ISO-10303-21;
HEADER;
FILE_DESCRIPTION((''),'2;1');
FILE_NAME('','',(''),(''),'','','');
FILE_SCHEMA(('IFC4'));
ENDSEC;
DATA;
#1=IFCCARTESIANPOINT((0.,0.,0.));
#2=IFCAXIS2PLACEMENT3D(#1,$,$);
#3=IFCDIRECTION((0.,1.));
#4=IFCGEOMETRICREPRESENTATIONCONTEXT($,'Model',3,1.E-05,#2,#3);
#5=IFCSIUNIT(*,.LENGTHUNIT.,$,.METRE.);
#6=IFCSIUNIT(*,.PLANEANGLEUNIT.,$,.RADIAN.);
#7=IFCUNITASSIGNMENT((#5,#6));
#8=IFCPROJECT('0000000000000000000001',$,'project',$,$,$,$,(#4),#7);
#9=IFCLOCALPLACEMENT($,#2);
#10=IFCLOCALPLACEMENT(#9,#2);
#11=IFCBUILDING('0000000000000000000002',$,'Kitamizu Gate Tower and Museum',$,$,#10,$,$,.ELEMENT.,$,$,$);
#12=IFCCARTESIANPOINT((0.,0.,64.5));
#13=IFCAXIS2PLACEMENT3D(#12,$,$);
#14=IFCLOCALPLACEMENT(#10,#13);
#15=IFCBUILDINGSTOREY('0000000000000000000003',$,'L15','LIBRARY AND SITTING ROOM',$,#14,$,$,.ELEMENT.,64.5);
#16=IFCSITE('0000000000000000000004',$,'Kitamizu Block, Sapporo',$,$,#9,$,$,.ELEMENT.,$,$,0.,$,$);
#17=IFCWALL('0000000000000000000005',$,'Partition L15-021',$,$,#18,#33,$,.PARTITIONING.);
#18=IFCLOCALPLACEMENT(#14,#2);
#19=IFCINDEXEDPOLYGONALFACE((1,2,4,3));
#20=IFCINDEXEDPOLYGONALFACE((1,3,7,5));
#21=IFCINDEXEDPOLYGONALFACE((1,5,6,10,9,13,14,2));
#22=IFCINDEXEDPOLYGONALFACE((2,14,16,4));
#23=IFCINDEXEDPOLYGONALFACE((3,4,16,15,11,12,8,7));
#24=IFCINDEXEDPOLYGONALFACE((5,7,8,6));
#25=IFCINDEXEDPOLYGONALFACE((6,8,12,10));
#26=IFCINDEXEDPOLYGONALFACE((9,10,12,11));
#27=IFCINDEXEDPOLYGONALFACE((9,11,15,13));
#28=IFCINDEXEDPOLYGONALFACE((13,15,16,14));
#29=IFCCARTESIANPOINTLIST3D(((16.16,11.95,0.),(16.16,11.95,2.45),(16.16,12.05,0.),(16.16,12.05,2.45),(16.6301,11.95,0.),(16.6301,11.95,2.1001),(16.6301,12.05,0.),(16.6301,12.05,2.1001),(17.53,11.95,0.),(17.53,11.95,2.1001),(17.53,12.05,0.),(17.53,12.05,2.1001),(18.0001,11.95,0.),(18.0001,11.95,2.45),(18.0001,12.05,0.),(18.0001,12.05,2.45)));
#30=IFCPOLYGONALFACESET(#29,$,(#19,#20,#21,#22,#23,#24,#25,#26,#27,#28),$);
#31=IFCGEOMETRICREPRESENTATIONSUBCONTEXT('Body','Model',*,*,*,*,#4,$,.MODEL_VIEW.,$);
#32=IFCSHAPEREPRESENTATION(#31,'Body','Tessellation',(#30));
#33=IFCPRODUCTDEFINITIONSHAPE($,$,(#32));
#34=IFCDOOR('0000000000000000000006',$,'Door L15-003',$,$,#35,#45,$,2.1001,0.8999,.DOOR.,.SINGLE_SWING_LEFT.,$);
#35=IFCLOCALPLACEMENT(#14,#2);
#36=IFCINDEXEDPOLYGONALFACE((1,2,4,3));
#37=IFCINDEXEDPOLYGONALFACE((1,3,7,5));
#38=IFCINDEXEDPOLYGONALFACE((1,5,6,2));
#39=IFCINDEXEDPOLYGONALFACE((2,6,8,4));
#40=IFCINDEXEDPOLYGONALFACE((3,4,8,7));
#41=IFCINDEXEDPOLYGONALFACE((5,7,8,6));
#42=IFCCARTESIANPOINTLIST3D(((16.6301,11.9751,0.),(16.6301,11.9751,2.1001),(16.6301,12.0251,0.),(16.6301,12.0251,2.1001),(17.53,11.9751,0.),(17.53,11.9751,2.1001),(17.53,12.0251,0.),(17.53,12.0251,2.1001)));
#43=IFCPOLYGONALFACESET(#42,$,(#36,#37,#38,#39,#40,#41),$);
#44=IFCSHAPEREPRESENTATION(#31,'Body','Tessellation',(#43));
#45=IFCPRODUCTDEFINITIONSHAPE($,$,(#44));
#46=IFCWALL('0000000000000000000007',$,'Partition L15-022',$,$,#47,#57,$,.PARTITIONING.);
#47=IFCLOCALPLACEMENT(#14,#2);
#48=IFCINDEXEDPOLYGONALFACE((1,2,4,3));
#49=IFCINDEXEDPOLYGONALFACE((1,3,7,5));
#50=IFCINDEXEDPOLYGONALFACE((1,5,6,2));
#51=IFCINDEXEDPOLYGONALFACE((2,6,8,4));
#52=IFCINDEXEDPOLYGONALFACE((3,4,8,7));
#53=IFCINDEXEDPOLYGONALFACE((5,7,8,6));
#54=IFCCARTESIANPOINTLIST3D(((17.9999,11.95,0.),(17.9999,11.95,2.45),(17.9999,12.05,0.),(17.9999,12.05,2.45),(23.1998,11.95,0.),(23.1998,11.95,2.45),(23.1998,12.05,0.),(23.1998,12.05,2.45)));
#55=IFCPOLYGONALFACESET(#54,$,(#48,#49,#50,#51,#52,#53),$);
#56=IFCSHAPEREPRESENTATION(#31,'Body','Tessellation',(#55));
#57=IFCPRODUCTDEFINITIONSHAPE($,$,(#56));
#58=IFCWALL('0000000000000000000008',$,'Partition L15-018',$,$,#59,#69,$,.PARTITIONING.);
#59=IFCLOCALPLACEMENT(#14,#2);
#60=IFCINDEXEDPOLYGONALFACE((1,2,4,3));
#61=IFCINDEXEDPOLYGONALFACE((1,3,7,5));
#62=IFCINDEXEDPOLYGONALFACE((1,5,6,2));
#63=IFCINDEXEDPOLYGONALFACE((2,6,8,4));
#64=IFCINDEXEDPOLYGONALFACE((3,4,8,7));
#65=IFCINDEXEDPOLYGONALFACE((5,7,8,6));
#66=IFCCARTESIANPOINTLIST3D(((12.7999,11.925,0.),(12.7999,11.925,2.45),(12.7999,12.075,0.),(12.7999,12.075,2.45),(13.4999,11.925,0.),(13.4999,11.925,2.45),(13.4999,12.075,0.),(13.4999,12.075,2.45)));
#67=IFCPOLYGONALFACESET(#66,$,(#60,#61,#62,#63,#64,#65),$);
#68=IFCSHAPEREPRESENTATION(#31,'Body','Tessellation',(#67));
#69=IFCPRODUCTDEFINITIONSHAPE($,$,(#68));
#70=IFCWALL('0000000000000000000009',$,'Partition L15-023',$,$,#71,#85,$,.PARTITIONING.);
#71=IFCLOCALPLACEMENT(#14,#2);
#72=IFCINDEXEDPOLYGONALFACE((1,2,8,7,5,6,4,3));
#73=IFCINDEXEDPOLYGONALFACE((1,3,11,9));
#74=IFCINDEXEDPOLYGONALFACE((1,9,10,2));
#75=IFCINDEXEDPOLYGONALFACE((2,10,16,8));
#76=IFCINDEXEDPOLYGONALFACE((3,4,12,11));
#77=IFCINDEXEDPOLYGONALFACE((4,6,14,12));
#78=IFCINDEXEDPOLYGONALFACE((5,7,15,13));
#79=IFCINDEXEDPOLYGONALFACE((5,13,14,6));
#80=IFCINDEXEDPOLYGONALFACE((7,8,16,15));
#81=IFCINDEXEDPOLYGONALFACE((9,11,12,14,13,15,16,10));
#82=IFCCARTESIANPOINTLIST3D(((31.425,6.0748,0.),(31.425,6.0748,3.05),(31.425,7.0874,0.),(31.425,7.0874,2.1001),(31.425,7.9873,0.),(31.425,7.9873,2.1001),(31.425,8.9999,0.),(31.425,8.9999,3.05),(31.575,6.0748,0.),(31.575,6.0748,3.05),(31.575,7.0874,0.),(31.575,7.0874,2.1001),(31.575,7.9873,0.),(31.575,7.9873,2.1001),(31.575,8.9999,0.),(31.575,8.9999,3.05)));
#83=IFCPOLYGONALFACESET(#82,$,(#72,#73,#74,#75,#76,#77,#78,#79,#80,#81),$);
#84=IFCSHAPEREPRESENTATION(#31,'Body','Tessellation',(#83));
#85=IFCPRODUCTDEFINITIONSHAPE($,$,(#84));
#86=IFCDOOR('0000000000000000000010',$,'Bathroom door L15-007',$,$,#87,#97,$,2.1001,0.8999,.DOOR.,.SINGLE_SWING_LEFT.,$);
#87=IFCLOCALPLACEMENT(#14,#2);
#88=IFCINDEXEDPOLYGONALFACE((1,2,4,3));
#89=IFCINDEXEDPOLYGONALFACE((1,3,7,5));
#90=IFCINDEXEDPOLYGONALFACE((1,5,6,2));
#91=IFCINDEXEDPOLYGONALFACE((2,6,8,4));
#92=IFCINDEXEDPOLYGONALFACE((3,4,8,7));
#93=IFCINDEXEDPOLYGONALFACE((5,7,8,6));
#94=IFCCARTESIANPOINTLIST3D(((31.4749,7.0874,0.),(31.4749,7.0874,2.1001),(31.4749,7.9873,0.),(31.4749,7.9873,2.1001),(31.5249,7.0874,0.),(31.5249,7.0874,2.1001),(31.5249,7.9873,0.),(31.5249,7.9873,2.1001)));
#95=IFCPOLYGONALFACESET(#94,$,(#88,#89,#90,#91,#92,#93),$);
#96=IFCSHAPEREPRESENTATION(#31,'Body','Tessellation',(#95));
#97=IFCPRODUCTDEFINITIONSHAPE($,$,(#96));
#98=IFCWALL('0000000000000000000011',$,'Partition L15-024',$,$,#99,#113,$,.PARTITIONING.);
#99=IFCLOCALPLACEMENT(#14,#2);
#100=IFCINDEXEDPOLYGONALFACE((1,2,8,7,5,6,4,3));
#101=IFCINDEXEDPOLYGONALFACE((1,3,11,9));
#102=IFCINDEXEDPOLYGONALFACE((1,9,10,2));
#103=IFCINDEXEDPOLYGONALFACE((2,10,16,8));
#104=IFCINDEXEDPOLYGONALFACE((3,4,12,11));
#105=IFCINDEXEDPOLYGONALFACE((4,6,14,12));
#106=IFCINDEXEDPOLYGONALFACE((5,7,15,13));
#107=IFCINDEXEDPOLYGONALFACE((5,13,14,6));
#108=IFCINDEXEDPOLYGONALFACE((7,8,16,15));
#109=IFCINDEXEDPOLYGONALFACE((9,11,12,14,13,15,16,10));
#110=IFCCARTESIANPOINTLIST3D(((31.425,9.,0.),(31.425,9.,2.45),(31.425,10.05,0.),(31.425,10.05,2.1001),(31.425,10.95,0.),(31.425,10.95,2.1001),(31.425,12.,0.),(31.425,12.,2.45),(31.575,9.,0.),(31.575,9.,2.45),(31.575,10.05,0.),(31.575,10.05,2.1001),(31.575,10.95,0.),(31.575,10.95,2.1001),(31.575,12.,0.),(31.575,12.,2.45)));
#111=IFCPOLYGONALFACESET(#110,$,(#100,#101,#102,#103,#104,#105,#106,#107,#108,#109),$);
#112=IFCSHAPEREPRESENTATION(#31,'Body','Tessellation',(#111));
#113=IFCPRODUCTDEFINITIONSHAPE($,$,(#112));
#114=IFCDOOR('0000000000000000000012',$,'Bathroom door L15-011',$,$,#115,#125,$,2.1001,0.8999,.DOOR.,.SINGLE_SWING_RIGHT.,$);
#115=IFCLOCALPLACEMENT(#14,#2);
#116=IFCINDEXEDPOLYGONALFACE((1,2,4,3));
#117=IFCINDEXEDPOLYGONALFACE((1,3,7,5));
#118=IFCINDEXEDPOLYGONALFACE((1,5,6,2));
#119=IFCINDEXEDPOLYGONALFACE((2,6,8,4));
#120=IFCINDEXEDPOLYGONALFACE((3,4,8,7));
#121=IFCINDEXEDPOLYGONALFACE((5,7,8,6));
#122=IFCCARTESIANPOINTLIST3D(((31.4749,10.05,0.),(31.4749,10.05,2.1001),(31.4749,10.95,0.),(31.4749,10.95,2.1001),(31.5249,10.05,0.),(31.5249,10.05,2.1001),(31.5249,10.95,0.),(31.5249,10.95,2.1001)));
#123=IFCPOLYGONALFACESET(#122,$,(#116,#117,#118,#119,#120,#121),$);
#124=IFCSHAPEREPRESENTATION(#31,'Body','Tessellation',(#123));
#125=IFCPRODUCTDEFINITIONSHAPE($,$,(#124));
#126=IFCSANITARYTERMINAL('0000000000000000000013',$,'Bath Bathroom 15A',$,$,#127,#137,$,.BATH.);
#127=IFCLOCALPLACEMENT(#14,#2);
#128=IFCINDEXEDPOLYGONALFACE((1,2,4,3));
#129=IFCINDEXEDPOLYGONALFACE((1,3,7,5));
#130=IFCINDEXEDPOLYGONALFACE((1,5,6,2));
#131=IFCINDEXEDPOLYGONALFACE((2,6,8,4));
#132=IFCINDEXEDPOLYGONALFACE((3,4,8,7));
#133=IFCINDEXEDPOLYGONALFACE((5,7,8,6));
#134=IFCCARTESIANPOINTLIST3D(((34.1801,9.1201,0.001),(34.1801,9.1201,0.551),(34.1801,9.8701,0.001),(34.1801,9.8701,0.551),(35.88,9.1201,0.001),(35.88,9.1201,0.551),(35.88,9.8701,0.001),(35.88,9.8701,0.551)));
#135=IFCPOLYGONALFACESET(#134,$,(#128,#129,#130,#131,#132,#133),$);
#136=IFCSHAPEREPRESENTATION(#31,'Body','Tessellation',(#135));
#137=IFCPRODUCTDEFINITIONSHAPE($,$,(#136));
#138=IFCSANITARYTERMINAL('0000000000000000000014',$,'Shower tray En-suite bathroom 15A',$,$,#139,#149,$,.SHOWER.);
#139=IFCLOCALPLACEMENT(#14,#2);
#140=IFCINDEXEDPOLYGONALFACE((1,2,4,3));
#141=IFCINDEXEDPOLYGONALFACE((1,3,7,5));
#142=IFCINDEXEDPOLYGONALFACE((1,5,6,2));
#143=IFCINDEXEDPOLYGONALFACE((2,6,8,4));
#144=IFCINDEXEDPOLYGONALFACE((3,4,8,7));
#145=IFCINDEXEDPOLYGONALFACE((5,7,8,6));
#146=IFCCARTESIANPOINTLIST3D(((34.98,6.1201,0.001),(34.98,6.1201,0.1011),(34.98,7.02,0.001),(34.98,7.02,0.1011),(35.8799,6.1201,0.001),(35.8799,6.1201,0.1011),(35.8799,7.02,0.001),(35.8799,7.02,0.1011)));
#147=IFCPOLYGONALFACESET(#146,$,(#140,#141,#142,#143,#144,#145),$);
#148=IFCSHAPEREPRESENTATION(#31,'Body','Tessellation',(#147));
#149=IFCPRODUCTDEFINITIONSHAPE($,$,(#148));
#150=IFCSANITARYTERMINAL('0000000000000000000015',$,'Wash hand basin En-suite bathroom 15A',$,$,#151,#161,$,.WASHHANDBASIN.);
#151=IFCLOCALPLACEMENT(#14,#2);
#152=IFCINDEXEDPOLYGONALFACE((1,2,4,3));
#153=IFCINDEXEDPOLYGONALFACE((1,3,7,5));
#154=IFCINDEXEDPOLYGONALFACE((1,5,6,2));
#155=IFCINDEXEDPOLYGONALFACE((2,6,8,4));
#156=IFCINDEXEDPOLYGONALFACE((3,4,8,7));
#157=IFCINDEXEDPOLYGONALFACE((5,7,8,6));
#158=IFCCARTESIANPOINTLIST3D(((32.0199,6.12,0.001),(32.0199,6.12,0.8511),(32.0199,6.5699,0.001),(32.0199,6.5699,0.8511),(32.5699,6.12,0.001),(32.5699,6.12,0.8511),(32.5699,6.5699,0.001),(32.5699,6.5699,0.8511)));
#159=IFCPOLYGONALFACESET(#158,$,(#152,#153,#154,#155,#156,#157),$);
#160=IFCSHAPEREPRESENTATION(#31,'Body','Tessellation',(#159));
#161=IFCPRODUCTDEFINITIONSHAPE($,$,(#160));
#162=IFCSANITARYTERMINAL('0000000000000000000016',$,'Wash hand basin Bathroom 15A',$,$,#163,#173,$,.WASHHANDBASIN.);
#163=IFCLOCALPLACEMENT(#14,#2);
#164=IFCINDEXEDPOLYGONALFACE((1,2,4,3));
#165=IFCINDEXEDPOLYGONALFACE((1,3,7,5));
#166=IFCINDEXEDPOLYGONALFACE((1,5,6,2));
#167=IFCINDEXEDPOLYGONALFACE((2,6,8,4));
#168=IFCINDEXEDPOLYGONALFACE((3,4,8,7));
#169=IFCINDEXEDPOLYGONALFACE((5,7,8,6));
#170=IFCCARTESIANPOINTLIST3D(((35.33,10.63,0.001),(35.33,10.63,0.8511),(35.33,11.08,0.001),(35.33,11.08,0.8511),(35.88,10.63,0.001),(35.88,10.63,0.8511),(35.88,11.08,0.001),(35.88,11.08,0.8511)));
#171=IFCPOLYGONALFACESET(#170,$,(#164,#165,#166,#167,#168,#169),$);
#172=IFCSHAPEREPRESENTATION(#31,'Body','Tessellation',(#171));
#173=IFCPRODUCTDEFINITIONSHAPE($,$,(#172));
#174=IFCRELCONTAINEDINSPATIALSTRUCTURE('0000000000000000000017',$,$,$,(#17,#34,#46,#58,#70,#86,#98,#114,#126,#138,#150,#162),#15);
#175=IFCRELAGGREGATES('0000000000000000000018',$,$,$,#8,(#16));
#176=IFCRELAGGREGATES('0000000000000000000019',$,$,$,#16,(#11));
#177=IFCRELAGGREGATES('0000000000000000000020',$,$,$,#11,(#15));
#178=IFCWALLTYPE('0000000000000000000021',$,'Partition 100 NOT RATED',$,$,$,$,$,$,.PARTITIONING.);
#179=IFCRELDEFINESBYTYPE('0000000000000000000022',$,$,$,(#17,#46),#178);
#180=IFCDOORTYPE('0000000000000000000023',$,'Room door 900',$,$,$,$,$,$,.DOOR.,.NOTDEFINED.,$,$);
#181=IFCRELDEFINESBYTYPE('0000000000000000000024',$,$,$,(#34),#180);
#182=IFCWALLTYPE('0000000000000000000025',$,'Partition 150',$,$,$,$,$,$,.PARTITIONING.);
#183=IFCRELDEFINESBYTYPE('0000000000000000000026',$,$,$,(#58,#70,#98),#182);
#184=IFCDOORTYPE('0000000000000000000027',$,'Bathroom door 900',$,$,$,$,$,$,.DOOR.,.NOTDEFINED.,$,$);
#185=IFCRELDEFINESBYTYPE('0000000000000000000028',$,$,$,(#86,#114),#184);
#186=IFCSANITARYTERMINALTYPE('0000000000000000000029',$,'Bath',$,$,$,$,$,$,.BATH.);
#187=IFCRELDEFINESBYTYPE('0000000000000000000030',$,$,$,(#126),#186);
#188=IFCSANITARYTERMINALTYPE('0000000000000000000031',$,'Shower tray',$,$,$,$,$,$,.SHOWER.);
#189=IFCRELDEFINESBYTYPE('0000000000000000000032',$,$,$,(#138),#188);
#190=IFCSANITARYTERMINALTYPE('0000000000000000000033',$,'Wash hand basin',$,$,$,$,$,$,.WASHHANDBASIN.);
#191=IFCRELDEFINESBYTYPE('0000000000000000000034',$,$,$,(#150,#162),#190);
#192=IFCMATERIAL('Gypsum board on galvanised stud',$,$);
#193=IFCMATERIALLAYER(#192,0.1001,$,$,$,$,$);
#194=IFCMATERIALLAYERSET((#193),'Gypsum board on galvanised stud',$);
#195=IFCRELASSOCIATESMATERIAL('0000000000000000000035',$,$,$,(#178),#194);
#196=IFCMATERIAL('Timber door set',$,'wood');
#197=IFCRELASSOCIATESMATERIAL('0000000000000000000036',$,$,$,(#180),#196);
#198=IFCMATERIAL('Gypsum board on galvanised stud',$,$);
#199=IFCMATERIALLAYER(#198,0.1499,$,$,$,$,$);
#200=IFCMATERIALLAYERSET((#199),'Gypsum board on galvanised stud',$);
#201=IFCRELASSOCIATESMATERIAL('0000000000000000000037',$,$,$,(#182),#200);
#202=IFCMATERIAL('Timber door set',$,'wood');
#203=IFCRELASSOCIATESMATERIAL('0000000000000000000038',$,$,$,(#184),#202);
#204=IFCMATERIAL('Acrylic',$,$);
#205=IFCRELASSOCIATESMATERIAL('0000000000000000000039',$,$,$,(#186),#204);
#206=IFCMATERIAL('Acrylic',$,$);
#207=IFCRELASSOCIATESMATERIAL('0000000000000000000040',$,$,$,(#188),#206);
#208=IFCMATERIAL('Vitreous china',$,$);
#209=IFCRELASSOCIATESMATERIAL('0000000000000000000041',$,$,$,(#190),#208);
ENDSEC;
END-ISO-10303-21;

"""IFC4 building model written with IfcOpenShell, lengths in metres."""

from ifc_helpers import new_model, si_unit, direction, frame, frame_2d, origin, origin_2d, place, context, subcontext, project, spatial, rectangle, extrude, material, layer, layer_set, type_object, element, fill, save


model = new_model("IFC4")

# Units and contexts
model_context = context("Model", 3, precision=1e-05, world=origin(), true_north=direction((0.0, 1.0)))
body_context = subcontext(model_context, "Body", "Model", "MODEL_VIEW")
ifc_project = project(units=[si_unit("LENGTHUNIT", "METRE"), si_unit("PLANEANGLEUNIT", "RADIAN")], contexts=[model_context])

# Site, building, storey
site_placement = place(None, origin())
site = spatial("IfcSite", under=ifc_project, at=site_placement, Name="Kitamizu Block, Sapporo", CompositionType="ELEMENT", RefElevation=0.0)
building_placement = place(site_placement, origin())
building = spatial("IfcBuilding", under=site, at=building_placement, Name="Kitamizu Gate Tower and Museum", CompositionType="ELEMENT")
storey_placement = place(building_placement, frame((0.0, 0.0, 64.5)))
storey = spatial("IfcBuildingStorey", under=building, at=storey_placement, Name="L15", Description="LIBRARY AND SITTING ROOM", CompositionType="ELEMENT", Elevation=64.5)

# Shared definitions
ifc_material_1 = material(Name="Gypsum board on galvanised stud")
ifc_layer_1 = layer(ifc_material_1, 0.1001)
ifc_layer_set_1 = layer_set([ifc_layer_1], Name="Gypsum board on galvanised stud")
wall_type_1 = type_object("IfcWallType", Name="Partition 100 NOT RATED", PredefinedType="PARTITIONING", material=ifc_layer_set_1)
ifc_material_2 = material(Name="Timber door set", Category="wood")
door_type_1 = type_object("IfcDoorType", Name="Room door 900", OperationType="NOTDEFINED", PredefinedType="DOOR", material=ifc_material_2)

# Wall, opening, door
wall_1_placement = place(storey_placement, frame((18.0, 12.0, 0.0), z_axis=(0.0, 0.0, 1.0), x_axis=(-1.0, 0.0, 0.0)))
wall_1 = element("IfcWall", 1, at=wall_1_placement, inside=storey, type_object=wall_type_1, Name="Partition L15-021", PredefinedType="PARTITIONING", context=body_context, shape_type="SweptSolid", body=[
    extrude(rectangle(XDim=1.8401, YDim=0.1001, at=frame_2d((0.9199, 0.0))), origin(), (0.0, 0.0, 1.0), 2.45),
])
opening_1_placement = place(wall_1_placement, frame((0.47, 0.0, 0.0)))
opening_1 = element("IfcOpeningElement", 2, at=opening_1_placement, cuts=wall_1, PredefinedType="OPENING", context=body_context, shape_type="SweptSolid", body=[
    extrude(rectangle(XDim=0.8999, YDim=2.1001, at=frame_2d((0.45, 1.05))), frame((0.0, 0.0601, 0.0), z_axis=(0.0, -1.0, 0.0), x_axis=(1.0, 0.0, 0.0)), (0.0, 0.0, 1.0), 0.1201),
])
door_1_placement = place(opening_1_placement, origin())
door_1 = element("IfcDoor", 3, at=door_1_placement, inside=storey, type_object=door_type_1, Name="Door L15-003", OperationType="SINGLE_SWING_LEFT", OverallHeight=2.1001, OverallWidth=0.8999, PredefinedType="DOOR", context=body_context, shape_type="SweptSolid", body=[
    extrude(rectangle(XDim=0.8999, YDim=2.1001, at=frame_2d((0.45, 1.05))), frame((0.0, 0.0249, 0.0), z_axis=(0.0, -1.0, 0.0), x_axis=(1.0, 0.0, 0.0)), (0.0, 0.0, 1.0), 0.05),
])
fill(opening_1, door_1)

# Walls
wall_2_placement = place(storey_placement, frame((23.2, 12.0, 0.0), z_axis=(0.0, 0.0, 1.0), x_axis=(-1.0, 0.0, 0.0)))
element("IfcWall", 4, at=wall_2_placement, inside=storey, type_object=wall_type_1, Name="Partition L15-022", PredefinedType="PARTITIONING", context=body_context, shape_type="SweptSolid", body=[
    extrude(rectangle(XDim=5.2, YDim=0.1001, at=frame_2d((2.6001, 0.0))), origin(), (0.0, 0.0, 1.0), 2.45),
])
ifc_material_3 = material(Name="Gypsum board on galvanised stud")
ifc_layer_2 = layer(ifc_material_3, 0.1499)
ifc_layer_set_2 = layer_set([ifc_layer_2], Name="Gypsum board on galvanised stud")
wall_type_2 = type_object("IfcWallType", Name="Partition 150", PredefinedType="PARTITIONING", material=ifc_layer_set_2)
wall_3_placement = place(storey_placement, frame((13.5, 12.0, 0.0), z_axis=(0.0, 0.0, 1.0), x_axis=(-1.0, 0.0, 0.0)))
element("IfcWall", 5, at=wall_3_placement, inside=storey, type_object=wall_type_2, Name="Partition L15-018", PredefinedType="PARTITIONING", context=body_context, shape_type="SweptSolid", body=[
    extrude(rectangle(XDim=0.7, YDim=0.1499, at=frame_2d((0.3501, 0.0))), origin(), (0.0, 0.0, 1.0), 2.45),
])

# Walls, openings, doors
wall_4_placement = place(storey_placement, frame((31.5, 6.075, 0.0), z_axis=(0.0, 0.0, 1.0), x_axis=(0.0, 1.0, 0.0)))
wall_4 = element("IfcWall", 6, at=wall_4_placement, inside=storey, type_object=wall_type_2, Name="Partition L15-023", PredefinedType="PARTITIONING", context=body_context, shape_type="SweptSolid", body=[
    extrude(rectangle(XDim=2.925, YDim=0.1499, at=frame_2d((1.4624, 0.0))), origin(), (0.0, 0.0, 1.0), 3.05),
])
opening_2_placement = place(wall_4_placement, frame((1.0125, 0.0, 0.0)))
opening_2 = element("IfcOpeningElement", 7, at=opening_2_placement, cuts=wall_4, PredefinedType="OPENING", context=body_context, shape_type="SweptSolid", body=[
    extrude(rectangle(XDim=0.8999, YDim=2.1001, at=frame_2d((0.45, 1.05))), frame((0.0, 0.085, 0.0), z_axis=(0.0, -1.0, 0.0), x_axis=(1.0, 0.0, 0.0)), (0.0, 0.0, 1.0), 0.1699),
])
ifc_material_4 = material(Name="Timber door set", Category="wood")
door_type_2 = type_object("IfcDoorType", Name="Bathroom door 900", OperationType="NOTDEFINED", PredefinedType="DOOR", material=ifc_material_4)
door_2_placement = place(opening_2_placement, frame((0.8999, 0.0, 0.0), x_axis=(-1.0, 0.0, 0.0)))
door_2 = element("IfcDoor", 8, at=door_2_placement, inside=storey, type_object=door_type_2, Name="Bathroom door L15-007", OperationType="SINGLE_SWING_LEFT", OverallHeight=2.1001, OverallWidth=0.8999, PredefinedType="DOOR", context=body_context, shape_type="SweptSolid", body=[
    extrude(rectangle(XDim=0.8999, YDim=2.1001, at=frame_2d((0.45, 1.05))), frame((0.0, 0.0249, 0.0), z_axis=(0.0, -1.0, 0.0), x_axis=(1.0, 0.0, 0.0)), (0.0, 0.0, 1.0), 0.05),
])
fill(opening_2, door_2)
wall_5_placement = place(storey_placement, frame((31.5, 9.0, 0.0), z_axis=(0.0, 0.0, 1.0), x_axis=(0.0, 1.0, 0.0)))
wall_5 = element("IfcWall", 9, at=wall_5_placement, inside=storey, type_object=wall_type_2, Name="Partition L15-024", PredefinedType="PARTITIONING", context=body_context, shape_type="SweptSolid", body=[
    extrude(rectangle(XDim=3.0, YDim=0.1499, at=frame_2d((1.5, 0.0))), origin(), (0.0, 0.0, 1.0), 2.45),
])
opening_3_placement = place(wall_5_placement, frame((1.05, 0.0, 0.0)))
opening_3 = element("IfcOpeningElement", 10, at=opening_3_placement, cuts=wall_5, PredefinedType="OPENING", context=body_context, shape_type="SweptSolid", body=[
    extrude(rectangle(XDim=0.8999, YDim=2.1001, at=frame_2d((0.45, 1.05))), frame((0.0, 0.085, 0.0), z_axis=(0.0, -1.0, 0.0), x_axis=(1.0, 0.0, 0.0)), (0.0, 0.0, 1.0), 0.1699),
])
door_3_placement = place(opening_3_placement, frame((0.8999, 0.0, 0.0), x_axis=(-1.0, 0.0, 0.0)))
door_3 = element("IfcDoor", 11, at=door_3_placement, inside=storey, type_object=door_type_2, Name="Bathroom door L15-011", OperationType="SINGLE_SWING_RIGHT", OverallHeight=2.1001, OverallWidth=0.8999, PredefinedType="DOOR", context=body_context, shape_type="SweptSolid", body=[
    extrude(rectangle(XDim=0.8999, YDim=2.1001, at=frame_2d((0.45, 1.05))), frame((0.0, 0.0249, 0.0), z_axis=(0.0, -1.0, 0.0), x_axis=(1.0, 0.0, 0.0)), (0.0, 0.0, 1.0), 0.05),
])
fill(opening_3, door_3)

# Sanitary terminals
ifc_material_5 = material(Name="Acrylic")
sanitary_terminal_type_1 = type_object("IfcSanitaryTerminalType", Name="Bath", PredefinedType="BATH", material=ifc_material_5)
sanitary_terminal_1_placement = place(storey_placement, frame((35.03, 9.4951, 0.001), z_axis=(0.0, 0.0, 1.0), x_axis=(1.0, 0.0, 0.0)))
element("IfcSanitaryTerminal", 12, at=sanitary_terminal_1_placement, inside=storey, type_object=sanitary_terminal_type_1, Name="Bath Bathroom 15A", PredefinedType="BATH", context=body_context, shape_type="SweptSolid", body=[
    extrude(rectangle(XDim=1.7, YDim=0.75, at=origin_2d()), origin(), (0.0, 0.0, 1.0), 0.55),
])
ifc_material_6 = material(Name="Acrylic")
sanitary_terminal_type_2 = type_object("IfcSanitaryTerminalType", Name="Shower tray", PredefinedType="SHOWER", material=ifc_material_6)
sanitary_terminal_2_placement = place(storey_placement, frame((35.4299, 6.5701, 0.001), z_axis=(0.0, 0.0, 1.0), x_axis=(1.0, 0.0, 0.0)))
element("IfcSanitaryTerminal", 13, at=sanitary_terminal_2_placement, inside=storey, type_object=sanitary_terminal_type_2, Name="Shower tray En-suite bathroom 15A", PredefinedType="SHOWER", context=body_context, shape_type="SweptSolid", body=[
    extrude(rectangle(XDim=0.8999, YDim=0.8999, at=origin_2d()), origin(), (0.0, 0.0, 1.0), 0.1001),
])
ifc_material_7 = material(Name="Vitreous china")
sanitary_terminal_type_3 = type_object("IfcSanitaryTerminalType", Name="Wash hand basin", PredefinedType="WASHHANDBASIN", material=ifc_material_7)
for number, where, z_axis, x_axis, name in (
    (14, (32.2949, 6.345, 0.001), (0.0, 0.0, 1.0), (1.0, 0.0, 0.0), "Wash hand basin En-suite bathroom 15A"),
    (15, (35.605, 10.855, 0.001), (0.0, 0.0, 1.0), (1.0, 0.0, 0.0), "Wash hand basin Bathroom 15A"),
):
    element("IfcSanitaryTerminal", number, at=place(storey_placement, frame(where, z_axis=z_axis, x_axis=x_axis)), inside=storey, type_object=sanitary_terminal_type_3, Name=name, PredefinedType="WASHHANDBASIN", context=body_context, shape_type="SweptSolid", body=[
        extrude(rectangle(XDim=0.55, YDim=0.45, at=origin_2d()), origin(), (0.0, 0.0, 1.0), 0.8501),
    ])

save(model, "model.ifc")
